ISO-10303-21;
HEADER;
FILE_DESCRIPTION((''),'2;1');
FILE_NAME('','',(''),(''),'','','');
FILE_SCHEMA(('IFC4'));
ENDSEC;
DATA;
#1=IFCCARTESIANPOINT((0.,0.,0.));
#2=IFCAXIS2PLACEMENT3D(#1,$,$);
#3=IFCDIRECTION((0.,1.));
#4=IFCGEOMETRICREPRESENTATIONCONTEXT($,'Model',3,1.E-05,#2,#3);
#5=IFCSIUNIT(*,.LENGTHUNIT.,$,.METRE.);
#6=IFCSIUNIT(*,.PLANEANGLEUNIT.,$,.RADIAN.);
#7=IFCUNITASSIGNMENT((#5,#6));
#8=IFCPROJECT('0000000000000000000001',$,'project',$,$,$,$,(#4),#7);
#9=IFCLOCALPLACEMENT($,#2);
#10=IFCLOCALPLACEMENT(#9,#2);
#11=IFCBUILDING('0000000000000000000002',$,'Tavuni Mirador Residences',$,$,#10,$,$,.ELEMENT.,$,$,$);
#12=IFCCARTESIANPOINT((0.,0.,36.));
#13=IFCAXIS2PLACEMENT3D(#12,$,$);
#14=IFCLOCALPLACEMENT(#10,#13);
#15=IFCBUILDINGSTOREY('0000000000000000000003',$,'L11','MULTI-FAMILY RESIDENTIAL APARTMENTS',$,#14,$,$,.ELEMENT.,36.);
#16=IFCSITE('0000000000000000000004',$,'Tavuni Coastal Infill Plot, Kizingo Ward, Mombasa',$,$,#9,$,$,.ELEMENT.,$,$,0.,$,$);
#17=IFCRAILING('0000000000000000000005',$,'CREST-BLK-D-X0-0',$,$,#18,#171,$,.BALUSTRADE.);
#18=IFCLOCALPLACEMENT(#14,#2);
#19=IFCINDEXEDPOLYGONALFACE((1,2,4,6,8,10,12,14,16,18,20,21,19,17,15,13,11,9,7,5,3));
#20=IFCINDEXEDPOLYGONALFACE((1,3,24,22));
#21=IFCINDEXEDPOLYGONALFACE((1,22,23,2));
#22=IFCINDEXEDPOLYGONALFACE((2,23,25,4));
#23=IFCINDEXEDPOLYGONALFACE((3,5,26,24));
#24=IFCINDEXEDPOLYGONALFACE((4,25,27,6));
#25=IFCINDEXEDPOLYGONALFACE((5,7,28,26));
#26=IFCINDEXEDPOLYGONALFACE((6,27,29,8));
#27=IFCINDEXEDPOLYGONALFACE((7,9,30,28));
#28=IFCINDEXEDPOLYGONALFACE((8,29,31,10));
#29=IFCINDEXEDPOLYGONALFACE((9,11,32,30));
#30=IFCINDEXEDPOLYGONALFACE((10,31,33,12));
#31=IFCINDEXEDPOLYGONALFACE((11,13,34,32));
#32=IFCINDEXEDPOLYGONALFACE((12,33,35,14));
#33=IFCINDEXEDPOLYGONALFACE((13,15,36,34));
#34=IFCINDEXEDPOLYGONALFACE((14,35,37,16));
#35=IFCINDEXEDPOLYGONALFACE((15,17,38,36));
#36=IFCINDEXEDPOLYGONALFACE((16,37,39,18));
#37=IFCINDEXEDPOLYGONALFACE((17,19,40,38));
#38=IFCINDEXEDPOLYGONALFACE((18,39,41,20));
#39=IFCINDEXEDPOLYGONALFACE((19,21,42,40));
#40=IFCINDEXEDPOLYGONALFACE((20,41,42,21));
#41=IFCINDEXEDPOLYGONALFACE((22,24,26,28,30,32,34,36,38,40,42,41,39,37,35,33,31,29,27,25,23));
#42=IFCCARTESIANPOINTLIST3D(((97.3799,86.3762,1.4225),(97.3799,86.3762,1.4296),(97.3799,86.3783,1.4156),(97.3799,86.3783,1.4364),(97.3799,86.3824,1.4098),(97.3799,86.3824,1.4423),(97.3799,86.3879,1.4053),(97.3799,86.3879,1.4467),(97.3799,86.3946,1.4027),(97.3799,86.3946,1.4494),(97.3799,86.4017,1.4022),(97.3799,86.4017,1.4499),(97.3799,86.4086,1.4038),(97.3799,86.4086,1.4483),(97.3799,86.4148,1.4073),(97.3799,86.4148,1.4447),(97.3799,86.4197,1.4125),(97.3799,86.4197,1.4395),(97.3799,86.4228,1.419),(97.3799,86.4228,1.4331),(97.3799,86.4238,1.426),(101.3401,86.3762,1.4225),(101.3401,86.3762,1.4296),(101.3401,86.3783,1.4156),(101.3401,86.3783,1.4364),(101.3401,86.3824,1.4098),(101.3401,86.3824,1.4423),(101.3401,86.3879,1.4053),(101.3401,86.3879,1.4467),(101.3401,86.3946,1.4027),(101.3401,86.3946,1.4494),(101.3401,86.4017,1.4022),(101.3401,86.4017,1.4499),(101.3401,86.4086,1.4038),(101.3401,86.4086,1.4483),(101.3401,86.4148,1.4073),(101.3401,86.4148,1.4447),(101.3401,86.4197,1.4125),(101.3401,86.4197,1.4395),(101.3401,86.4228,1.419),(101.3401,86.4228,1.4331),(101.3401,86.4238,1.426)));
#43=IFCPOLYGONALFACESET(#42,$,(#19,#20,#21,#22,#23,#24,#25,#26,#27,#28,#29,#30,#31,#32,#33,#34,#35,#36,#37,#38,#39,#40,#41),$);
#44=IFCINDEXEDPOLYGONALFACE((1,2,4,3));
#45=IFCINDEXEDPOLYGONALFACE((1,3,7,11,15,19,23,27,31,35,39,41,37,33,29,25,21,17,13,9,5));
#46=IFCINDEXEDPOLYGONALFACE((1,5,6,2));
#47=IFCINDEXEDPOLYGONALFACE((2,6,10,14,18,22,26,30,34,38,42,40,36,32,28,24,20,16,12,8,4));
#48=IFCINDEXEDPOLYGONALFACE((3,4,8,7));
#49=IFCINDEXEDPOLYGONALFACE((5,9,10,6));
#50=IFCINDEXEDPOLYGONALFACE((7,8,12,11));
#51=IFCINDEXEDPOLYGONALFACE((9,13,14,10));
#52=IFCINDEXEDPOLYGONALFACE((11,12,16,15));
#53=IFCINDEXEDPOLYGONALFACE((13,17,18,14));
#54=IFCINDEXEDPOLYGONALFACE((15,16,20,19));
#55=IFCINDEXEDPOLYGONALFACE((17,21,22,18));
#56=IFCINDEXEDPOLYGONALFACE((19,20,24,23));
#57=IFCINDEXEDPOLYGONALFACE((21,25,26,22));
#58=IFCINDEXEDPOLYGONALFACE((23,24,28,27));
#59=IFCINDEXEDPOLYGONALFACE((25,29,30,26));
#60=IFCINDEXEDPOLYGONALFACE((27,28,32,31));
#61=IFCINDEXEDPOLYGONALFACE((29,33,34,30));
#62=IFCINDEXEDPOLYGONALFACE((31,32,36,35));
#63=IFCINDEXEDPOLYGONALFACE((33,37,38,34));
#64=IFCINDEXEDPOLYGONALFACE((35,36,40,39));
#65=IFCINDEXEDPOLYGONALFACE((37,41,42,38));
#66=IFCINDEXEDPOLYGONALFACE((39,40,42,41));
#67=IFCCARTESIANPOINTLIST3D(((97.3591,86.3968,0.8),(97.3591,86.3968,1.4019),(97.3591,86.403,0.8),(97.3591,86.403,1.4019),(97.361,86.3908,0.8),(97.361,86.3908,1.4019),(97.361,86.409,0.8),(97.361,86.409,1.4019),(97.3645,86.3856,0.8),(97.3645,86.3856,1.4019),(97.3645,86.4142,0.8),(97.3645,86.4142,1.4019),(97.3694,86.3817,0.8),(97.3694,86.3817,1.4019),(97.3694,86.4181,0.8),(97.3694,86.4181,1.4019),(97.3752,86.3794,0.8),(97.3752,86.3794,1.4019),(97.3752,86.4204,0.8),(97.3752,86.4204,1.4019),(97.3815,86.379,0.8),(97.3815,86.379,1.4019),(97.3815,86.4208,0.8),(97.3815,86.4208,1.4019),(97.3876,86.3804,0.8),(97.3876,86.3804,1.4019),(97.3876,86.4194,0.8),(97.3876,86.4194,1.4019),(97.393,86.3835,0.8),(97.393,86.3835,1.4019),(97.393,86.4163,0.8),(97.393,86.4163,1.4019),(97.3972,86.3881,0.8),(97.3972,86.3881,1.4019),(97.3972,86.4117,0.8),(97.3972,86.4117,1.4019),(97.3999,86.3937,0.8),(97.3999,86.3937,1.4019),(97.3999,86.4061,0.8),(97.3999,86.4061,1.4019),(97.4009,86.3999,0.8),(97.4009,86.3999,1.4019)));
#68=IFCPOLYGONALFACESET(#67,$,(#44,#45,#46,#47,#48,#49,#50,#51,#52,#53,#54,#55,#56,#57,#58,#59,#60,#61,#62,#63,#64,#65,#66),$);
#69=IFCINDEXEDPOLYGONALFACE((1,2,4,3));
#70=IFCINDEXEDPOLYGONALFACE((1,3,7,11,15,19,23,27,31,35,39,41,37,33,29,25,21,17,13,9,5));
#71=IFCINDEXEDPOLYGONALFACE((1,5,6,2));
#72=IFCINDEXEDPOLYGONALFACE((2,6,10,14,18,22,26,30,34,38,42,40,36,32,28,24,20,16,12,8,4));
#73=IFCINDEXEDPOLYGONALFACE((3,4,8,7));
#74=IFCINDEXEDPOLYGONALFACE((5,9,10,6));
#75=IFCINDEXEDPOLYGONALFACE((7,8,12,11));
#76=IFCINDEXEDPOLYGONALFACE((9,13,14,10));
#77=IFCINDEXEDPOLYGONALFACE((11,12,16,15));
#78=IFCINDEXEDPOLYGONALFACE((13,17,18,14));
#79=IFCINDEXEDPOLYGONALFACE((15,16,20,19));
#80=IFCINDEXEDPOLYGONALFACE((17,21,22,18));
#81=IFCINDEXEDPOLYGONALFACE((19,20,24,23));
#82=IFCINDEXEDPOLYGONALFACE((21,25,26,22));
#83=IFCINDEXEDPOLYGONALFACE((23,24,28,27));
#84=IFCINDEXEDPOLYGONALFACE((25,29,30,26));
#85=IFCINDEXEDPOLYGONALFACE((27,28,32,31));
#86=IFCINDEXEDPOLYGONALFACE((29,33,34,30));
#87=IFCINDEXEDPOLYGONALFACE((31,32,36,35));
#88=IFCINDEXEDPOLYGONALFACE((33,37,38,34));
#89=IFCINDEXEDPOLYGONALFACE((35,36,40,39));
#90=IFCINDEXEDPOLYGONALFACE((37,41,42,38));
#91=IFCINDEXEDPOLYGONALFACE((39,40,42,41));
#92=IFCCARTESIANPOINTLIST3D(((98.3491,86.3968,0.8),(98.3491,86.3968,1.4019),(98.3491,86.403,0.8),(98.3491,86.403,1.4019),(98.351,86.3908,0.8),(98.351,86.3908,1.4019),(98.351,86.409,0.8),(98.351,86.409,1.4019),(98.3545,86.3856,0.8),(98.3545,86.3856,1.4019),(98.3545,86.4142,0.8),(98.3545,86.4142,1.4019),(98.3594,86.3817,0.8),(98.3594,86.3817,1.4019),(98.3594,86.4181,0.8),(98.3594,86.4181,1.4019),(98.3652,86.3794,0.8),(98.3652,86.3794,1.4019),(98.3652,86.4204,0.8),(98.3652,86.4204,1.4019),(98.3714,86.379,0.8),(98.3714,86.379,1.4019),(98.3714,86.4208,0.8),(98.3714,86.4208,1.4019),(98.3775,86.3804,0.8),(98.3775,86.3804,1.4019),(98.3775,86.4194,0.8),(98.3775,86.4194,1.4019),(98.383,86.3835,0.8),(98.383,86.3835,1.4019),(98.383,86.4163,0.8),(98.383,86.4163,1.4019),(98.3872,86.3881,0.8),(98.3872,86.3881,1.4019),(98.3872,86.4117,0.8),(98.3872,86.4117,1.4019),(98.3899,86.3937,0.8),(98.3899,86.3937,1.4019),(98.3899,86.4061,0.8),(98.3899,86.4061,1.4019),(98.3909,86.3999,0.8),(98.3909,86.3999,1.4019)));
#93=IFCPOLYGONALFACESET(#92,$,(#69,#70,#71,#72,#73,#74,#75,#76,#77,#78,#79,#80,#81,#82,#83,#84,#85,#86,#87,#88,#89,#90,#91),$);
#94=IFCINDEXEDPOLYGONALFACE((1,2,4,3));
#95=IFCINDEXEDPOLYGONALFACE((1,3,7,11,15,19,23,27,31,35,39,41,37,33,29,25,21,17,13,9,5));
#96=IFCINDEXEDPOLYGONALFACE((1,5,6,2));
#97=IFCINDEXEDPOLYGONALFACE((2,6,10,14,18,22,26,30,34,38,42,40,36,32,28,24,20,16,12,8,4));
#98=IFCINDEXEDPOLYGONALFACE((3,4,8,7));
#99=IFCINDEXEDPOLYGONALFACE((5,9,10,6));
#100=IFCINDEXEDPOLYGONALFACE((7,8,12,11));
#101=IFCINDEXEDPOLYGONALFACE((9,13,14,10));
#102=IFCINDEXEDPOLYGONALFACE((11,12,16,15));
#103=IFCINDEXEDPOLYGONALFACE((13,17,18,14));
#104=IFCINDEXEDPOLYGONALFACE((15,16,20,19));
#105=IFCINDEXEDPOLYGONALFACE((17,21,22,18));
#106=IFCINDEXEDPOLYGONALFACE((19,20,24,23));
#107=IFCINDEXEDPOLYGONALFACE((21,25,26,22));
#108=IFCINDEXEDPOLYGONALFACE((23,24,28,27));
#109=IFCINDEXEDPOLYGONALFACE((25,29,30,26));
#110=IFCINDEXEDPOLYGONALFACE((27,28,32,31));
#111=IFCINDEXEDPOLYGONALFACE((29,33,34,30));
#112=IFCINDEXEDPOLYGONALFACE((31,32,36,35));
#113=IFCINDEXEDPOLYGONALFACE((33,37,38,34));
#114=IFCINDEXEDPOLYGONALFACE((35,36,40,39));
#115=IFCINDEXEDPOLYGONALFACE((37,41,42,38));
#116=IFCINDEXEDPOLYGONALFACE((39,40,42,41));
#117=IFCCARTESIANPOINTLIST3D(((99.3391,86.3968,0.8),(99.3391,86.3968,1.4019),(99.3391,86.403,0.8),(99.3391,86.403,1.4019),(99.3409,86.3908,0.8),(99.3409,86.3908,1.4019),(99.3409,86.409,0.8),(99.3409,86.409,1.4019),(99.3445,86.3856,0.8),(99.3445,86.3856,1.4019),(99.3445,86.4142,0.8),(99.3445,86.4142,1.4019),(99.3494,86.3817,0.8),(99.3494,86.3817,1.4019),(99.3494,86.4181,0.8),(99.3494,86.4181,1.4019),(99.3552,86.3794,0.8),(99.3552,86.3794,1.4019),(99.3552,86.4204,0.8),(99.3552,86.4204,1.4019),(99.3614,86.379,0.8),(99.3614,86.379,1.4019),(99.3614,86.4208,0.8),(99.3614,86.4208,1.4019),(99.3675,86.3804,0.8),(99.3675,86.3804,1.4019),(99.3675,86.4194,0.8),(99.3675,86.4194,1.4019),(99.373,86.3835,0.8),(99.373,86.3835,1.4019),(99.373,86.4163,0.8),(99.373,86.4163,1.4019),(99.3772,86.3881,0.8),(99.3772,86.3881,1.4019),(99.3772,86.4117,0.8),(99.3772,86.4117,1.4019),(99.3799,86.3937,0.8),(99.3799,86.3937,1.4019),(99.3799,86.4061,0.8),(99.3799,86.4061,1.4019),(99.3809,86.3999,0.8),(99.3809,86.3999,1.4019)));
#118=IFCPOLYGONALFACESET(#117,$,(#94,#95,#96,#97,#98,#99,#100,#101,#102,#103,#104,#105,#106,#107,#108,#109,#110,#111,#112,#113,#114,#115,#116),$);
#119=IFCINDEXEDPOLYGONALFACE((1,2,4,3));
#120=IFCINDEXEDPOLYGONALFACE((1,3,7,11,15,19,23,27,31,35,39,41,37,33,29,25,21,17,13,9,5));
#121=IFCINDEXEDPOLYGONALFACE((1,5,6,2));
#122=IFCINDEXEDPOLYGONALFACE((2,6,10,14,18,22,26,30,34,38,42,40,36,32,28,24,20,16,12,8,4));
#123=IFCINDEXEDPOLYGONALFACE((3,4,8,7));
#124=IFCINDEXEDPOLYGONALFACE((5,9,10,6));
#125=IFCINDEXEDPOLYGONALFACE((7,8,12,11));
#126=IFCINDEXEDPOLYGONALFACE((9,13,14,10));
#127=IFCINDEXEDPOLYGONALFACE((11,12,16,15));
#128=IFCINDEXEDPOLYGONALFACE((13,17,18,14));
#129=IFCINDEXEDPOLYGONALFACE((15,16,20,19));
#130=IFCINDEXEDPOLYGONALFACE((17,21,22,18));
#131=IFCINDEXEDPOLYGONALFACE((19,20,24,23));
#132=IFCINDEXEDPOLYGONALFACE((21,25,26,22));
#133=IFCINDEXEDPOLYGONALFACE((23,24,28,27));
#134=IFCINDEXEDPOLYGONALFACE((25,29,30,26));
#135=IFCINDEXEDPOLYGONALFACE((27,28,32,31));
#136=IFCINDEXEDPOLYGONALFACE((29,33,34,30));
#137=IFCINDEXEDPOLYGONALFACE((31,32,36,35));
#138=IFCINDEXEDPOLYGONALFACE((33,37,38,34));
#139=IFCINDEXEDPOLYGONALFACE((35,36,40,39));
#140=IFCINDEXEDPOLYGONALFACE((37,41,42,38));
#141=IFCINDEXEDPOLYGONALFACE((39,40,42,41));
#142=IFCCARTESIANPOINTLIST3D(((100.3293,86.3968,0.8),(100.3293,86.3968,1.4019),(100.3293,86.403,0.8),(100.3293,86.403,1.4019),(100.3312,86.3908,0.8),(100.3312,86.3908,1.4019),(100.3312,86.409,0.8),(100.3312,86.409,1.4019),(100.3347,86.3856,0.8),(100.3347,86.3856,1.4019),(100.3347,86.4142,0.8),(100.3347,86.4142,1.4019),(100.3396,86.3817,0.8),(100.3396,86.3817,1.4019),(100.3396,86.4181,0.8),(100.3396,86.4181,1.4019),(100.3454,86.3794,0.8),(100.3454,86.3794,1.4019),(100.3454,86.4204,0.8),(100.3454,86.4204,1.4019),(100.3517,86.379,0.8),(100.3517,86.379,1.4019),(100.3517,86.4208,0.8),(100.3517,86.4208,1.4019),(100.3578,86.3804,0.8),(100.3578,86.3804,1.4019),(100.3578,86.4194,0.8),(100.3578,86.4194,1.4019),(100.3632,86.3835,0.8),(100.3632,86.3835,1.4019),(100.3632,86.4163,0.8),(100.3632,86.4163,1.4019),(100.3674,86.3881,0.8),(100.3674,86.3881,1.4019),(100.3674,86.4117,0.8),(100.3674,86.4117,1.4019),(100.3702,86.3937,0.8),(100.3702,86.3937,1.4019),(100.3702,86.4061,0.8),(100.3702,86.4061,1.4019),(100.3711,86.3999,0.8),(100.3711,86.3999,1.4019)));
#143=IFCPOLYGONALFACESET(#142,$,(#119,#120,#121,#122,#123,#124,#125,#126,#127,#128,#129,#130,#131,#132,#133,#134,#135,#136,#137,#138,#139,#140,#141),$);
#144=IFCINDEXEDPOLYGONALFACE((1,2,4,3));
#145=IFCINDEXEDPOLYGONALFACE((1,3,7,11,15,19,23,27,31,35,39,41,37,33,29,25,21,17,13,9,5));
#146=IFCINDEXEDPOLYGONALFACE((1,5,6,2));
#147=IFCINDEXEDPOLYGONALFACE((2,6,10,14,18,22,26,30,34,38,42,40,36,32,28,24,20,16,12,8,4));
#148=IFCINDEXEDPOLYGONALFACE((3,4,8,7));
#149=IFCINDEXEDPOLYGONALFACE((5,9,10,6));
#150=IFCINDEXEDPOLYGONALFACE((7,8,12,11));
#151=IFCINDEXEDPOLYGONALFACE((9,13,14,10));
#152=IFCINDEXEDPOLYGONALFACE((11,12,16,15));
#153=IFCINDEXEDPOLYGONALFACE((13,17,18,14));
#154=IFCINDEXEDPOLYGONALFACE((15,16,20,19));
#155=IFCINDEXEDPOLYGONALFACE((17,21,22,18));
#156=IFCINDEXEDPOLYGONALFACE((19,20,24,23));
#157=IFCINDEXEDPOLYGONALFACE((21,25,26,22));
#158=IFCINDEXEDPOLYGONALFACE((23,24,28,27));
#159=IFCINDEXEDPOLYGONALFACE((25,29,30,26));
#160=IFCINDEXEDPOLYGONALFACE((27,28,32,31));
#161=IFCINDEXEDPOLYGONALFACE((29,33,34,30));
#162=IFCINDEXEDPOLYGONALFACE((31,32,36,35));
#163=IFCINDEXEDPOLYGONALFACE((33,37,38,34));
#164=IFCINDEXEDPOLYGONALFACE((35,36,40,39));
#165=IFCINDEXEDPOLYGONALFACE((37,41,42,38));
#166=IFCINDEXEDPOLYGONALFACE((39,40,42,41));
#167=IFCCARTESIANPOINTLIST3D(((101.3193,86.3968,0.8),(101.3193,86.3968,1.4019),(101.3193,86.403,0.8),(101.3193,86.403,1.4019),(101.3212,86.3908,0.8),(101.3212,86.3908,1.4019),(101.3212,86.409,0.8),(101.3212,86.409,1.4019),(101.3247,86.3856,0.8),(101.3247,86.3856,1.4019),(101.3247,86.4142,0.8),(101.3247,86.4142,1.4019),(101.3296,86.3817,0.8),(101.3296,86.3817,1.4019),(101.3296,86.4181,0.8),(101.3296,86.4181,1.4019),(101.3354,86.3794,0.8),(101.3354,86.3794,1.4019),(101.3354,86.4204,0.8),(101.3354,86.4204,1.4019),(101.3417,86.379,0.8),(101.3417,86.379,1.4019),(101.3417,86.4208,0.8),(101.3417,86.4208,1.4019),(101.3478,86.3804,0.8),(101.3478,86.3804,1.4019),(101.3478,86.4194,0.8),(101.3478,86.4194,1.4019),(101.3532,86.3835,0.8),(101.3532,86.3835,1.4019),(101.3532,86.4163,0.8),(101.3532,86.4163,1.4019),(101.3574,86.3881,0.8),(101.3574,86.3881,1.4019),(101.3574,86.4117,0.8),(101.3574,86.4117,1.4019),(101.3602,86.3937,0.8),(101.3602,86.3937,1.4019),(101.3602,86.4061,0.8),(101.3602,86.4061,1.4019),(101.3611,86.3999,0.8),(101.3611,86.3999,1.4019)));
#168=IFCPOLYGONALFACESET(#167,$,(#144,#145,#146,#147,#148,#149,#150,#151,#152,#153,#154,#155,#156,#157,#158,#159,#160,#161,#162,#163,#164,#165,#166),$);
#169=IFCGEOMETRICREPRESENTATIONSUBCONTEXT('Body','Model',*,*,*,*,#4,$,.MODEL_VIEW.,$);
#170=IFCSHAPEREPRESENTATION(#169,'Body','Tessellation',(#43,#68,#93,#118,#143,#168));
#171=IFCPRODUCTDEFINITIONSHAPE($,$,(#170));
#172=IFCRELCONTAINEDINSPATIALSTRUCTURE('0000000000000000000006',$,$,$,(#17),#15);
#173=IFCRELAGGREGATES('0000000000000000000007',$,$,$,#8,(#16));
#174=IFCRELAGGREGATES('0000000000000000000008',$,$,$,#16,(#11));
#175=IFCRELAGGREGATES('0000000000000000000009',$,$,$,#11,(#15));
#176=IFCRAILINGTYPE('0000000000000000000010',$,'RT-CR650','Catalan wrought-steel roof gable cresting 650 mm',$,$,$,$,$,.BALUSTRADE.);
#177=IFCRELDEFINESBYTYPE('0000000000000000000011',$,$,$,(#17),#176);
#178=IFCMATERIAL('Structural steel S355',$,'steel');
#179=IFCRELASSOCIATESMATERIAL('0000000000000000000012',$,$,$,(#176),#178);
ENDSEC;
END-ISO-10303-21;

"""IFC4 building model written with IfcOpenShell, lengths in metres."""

from ifc_helpers import new_model, si_unit, direction, frame, origin, origin_2d, place, context, subcontext, project, spatial, circle, extrude, material, type_object, element, save


model = new_model("IFC4")

# Units and contexts
model_context = context("Model", 3, precision=1e-05, world=origin(), true_north=direction((0.0, 1.0)))
body_context = subcontext(model_context, "Body", "Model", "MODEL_VIEW")
ifc_project = project(units=[si_unit("LENGTHUNIT", "METRE"), si_unit("PLANEANGLEUNIT", "RADIAN")], contexts=[model_context])

# Site, building, storey
site_placement = place(None, origin())
site = spatial("IfcSite", under=ifc_project, at=site_placement, Name="Tavuni Coastal Infill Plot, Kizingo Ward, Mombasa", CompositionType="ELEMENT", RefElevation=0.0)
building_placement = place(site_placement, origin())
building = spatial("IfcBuilding", under=site, at=building_placement, Name="Tavuni Mirador Residences", CompositionType="ELEMENT")
storey_placement = place(building_placement, frame((0.0, 0.0, 36.0)))
storey = spatial("IfcBuildingStorey", under=building, at=storey_placement, Name="L11", Description="MULTI-FAMILY RESIDENTIAL APARTMENTS", CompositionType="ELEMENT", Elevation=36.0)

# Shared definitions
ifc_material_1 = material(Name="Structural steel S355", Category="steel")

# Railing
railing_type = type_object("IfcRailingType", Name="RT-CR650", Description="Catalan wrought-steel roof gable cresting 650 mm", PredefinedType="BALUSTRADE", material=ifc_material_1)
railing_1_placement = place(storey_placement, frame((97.3799, 86.3999, 0.8)))
element("IfcRailing", 1, at=railing_1_placement, inside=storey, type_object=railing_type, Name="CREST-BLK-D-X0-0", PredefinedType="BALUSTRADE", context=body_context, shape_type="SweptSolid", body=[
    extrude(circle(Radius=0.0239, at=origin_2d()), frame((0.0, 0.0, 0.626), z_axis=(1.0, 0.0, 0.0), x_axis=(0.0, 1.0, 0.0)), (0.0, 0.0, 1.0), 3.9602),
    extrude(circle(Radius=0.021, at=origin_2d()), origin(), (0.0, 0.0, 1.0), 0.6018),
    extrude(circle(Radius=0.021, at=origin_2d()), frame((0.99, 0.0, 0.0)), (0.0, 0.0, 1.0), 0.6018),
    extrude(circle(Radius=0.021, at=origin_2d()), frame((1.98, 0.0, 0.0)), (0.0, 0.0, 1.0), 0.6018),
    extrude(circle(Radius=0.021, at=origin_2d()), frame((2.9702, 0.0, 0.0)), (0.0, 0.0, 1.0), 0.6018),
    extrude(circle(Radius=0.021, at=origin_2d()), frame((3.9602, 0.0, 0.0)), (0.0, 0.0, 1.0), 0.6018),
])

save(model, "model.ifc")
